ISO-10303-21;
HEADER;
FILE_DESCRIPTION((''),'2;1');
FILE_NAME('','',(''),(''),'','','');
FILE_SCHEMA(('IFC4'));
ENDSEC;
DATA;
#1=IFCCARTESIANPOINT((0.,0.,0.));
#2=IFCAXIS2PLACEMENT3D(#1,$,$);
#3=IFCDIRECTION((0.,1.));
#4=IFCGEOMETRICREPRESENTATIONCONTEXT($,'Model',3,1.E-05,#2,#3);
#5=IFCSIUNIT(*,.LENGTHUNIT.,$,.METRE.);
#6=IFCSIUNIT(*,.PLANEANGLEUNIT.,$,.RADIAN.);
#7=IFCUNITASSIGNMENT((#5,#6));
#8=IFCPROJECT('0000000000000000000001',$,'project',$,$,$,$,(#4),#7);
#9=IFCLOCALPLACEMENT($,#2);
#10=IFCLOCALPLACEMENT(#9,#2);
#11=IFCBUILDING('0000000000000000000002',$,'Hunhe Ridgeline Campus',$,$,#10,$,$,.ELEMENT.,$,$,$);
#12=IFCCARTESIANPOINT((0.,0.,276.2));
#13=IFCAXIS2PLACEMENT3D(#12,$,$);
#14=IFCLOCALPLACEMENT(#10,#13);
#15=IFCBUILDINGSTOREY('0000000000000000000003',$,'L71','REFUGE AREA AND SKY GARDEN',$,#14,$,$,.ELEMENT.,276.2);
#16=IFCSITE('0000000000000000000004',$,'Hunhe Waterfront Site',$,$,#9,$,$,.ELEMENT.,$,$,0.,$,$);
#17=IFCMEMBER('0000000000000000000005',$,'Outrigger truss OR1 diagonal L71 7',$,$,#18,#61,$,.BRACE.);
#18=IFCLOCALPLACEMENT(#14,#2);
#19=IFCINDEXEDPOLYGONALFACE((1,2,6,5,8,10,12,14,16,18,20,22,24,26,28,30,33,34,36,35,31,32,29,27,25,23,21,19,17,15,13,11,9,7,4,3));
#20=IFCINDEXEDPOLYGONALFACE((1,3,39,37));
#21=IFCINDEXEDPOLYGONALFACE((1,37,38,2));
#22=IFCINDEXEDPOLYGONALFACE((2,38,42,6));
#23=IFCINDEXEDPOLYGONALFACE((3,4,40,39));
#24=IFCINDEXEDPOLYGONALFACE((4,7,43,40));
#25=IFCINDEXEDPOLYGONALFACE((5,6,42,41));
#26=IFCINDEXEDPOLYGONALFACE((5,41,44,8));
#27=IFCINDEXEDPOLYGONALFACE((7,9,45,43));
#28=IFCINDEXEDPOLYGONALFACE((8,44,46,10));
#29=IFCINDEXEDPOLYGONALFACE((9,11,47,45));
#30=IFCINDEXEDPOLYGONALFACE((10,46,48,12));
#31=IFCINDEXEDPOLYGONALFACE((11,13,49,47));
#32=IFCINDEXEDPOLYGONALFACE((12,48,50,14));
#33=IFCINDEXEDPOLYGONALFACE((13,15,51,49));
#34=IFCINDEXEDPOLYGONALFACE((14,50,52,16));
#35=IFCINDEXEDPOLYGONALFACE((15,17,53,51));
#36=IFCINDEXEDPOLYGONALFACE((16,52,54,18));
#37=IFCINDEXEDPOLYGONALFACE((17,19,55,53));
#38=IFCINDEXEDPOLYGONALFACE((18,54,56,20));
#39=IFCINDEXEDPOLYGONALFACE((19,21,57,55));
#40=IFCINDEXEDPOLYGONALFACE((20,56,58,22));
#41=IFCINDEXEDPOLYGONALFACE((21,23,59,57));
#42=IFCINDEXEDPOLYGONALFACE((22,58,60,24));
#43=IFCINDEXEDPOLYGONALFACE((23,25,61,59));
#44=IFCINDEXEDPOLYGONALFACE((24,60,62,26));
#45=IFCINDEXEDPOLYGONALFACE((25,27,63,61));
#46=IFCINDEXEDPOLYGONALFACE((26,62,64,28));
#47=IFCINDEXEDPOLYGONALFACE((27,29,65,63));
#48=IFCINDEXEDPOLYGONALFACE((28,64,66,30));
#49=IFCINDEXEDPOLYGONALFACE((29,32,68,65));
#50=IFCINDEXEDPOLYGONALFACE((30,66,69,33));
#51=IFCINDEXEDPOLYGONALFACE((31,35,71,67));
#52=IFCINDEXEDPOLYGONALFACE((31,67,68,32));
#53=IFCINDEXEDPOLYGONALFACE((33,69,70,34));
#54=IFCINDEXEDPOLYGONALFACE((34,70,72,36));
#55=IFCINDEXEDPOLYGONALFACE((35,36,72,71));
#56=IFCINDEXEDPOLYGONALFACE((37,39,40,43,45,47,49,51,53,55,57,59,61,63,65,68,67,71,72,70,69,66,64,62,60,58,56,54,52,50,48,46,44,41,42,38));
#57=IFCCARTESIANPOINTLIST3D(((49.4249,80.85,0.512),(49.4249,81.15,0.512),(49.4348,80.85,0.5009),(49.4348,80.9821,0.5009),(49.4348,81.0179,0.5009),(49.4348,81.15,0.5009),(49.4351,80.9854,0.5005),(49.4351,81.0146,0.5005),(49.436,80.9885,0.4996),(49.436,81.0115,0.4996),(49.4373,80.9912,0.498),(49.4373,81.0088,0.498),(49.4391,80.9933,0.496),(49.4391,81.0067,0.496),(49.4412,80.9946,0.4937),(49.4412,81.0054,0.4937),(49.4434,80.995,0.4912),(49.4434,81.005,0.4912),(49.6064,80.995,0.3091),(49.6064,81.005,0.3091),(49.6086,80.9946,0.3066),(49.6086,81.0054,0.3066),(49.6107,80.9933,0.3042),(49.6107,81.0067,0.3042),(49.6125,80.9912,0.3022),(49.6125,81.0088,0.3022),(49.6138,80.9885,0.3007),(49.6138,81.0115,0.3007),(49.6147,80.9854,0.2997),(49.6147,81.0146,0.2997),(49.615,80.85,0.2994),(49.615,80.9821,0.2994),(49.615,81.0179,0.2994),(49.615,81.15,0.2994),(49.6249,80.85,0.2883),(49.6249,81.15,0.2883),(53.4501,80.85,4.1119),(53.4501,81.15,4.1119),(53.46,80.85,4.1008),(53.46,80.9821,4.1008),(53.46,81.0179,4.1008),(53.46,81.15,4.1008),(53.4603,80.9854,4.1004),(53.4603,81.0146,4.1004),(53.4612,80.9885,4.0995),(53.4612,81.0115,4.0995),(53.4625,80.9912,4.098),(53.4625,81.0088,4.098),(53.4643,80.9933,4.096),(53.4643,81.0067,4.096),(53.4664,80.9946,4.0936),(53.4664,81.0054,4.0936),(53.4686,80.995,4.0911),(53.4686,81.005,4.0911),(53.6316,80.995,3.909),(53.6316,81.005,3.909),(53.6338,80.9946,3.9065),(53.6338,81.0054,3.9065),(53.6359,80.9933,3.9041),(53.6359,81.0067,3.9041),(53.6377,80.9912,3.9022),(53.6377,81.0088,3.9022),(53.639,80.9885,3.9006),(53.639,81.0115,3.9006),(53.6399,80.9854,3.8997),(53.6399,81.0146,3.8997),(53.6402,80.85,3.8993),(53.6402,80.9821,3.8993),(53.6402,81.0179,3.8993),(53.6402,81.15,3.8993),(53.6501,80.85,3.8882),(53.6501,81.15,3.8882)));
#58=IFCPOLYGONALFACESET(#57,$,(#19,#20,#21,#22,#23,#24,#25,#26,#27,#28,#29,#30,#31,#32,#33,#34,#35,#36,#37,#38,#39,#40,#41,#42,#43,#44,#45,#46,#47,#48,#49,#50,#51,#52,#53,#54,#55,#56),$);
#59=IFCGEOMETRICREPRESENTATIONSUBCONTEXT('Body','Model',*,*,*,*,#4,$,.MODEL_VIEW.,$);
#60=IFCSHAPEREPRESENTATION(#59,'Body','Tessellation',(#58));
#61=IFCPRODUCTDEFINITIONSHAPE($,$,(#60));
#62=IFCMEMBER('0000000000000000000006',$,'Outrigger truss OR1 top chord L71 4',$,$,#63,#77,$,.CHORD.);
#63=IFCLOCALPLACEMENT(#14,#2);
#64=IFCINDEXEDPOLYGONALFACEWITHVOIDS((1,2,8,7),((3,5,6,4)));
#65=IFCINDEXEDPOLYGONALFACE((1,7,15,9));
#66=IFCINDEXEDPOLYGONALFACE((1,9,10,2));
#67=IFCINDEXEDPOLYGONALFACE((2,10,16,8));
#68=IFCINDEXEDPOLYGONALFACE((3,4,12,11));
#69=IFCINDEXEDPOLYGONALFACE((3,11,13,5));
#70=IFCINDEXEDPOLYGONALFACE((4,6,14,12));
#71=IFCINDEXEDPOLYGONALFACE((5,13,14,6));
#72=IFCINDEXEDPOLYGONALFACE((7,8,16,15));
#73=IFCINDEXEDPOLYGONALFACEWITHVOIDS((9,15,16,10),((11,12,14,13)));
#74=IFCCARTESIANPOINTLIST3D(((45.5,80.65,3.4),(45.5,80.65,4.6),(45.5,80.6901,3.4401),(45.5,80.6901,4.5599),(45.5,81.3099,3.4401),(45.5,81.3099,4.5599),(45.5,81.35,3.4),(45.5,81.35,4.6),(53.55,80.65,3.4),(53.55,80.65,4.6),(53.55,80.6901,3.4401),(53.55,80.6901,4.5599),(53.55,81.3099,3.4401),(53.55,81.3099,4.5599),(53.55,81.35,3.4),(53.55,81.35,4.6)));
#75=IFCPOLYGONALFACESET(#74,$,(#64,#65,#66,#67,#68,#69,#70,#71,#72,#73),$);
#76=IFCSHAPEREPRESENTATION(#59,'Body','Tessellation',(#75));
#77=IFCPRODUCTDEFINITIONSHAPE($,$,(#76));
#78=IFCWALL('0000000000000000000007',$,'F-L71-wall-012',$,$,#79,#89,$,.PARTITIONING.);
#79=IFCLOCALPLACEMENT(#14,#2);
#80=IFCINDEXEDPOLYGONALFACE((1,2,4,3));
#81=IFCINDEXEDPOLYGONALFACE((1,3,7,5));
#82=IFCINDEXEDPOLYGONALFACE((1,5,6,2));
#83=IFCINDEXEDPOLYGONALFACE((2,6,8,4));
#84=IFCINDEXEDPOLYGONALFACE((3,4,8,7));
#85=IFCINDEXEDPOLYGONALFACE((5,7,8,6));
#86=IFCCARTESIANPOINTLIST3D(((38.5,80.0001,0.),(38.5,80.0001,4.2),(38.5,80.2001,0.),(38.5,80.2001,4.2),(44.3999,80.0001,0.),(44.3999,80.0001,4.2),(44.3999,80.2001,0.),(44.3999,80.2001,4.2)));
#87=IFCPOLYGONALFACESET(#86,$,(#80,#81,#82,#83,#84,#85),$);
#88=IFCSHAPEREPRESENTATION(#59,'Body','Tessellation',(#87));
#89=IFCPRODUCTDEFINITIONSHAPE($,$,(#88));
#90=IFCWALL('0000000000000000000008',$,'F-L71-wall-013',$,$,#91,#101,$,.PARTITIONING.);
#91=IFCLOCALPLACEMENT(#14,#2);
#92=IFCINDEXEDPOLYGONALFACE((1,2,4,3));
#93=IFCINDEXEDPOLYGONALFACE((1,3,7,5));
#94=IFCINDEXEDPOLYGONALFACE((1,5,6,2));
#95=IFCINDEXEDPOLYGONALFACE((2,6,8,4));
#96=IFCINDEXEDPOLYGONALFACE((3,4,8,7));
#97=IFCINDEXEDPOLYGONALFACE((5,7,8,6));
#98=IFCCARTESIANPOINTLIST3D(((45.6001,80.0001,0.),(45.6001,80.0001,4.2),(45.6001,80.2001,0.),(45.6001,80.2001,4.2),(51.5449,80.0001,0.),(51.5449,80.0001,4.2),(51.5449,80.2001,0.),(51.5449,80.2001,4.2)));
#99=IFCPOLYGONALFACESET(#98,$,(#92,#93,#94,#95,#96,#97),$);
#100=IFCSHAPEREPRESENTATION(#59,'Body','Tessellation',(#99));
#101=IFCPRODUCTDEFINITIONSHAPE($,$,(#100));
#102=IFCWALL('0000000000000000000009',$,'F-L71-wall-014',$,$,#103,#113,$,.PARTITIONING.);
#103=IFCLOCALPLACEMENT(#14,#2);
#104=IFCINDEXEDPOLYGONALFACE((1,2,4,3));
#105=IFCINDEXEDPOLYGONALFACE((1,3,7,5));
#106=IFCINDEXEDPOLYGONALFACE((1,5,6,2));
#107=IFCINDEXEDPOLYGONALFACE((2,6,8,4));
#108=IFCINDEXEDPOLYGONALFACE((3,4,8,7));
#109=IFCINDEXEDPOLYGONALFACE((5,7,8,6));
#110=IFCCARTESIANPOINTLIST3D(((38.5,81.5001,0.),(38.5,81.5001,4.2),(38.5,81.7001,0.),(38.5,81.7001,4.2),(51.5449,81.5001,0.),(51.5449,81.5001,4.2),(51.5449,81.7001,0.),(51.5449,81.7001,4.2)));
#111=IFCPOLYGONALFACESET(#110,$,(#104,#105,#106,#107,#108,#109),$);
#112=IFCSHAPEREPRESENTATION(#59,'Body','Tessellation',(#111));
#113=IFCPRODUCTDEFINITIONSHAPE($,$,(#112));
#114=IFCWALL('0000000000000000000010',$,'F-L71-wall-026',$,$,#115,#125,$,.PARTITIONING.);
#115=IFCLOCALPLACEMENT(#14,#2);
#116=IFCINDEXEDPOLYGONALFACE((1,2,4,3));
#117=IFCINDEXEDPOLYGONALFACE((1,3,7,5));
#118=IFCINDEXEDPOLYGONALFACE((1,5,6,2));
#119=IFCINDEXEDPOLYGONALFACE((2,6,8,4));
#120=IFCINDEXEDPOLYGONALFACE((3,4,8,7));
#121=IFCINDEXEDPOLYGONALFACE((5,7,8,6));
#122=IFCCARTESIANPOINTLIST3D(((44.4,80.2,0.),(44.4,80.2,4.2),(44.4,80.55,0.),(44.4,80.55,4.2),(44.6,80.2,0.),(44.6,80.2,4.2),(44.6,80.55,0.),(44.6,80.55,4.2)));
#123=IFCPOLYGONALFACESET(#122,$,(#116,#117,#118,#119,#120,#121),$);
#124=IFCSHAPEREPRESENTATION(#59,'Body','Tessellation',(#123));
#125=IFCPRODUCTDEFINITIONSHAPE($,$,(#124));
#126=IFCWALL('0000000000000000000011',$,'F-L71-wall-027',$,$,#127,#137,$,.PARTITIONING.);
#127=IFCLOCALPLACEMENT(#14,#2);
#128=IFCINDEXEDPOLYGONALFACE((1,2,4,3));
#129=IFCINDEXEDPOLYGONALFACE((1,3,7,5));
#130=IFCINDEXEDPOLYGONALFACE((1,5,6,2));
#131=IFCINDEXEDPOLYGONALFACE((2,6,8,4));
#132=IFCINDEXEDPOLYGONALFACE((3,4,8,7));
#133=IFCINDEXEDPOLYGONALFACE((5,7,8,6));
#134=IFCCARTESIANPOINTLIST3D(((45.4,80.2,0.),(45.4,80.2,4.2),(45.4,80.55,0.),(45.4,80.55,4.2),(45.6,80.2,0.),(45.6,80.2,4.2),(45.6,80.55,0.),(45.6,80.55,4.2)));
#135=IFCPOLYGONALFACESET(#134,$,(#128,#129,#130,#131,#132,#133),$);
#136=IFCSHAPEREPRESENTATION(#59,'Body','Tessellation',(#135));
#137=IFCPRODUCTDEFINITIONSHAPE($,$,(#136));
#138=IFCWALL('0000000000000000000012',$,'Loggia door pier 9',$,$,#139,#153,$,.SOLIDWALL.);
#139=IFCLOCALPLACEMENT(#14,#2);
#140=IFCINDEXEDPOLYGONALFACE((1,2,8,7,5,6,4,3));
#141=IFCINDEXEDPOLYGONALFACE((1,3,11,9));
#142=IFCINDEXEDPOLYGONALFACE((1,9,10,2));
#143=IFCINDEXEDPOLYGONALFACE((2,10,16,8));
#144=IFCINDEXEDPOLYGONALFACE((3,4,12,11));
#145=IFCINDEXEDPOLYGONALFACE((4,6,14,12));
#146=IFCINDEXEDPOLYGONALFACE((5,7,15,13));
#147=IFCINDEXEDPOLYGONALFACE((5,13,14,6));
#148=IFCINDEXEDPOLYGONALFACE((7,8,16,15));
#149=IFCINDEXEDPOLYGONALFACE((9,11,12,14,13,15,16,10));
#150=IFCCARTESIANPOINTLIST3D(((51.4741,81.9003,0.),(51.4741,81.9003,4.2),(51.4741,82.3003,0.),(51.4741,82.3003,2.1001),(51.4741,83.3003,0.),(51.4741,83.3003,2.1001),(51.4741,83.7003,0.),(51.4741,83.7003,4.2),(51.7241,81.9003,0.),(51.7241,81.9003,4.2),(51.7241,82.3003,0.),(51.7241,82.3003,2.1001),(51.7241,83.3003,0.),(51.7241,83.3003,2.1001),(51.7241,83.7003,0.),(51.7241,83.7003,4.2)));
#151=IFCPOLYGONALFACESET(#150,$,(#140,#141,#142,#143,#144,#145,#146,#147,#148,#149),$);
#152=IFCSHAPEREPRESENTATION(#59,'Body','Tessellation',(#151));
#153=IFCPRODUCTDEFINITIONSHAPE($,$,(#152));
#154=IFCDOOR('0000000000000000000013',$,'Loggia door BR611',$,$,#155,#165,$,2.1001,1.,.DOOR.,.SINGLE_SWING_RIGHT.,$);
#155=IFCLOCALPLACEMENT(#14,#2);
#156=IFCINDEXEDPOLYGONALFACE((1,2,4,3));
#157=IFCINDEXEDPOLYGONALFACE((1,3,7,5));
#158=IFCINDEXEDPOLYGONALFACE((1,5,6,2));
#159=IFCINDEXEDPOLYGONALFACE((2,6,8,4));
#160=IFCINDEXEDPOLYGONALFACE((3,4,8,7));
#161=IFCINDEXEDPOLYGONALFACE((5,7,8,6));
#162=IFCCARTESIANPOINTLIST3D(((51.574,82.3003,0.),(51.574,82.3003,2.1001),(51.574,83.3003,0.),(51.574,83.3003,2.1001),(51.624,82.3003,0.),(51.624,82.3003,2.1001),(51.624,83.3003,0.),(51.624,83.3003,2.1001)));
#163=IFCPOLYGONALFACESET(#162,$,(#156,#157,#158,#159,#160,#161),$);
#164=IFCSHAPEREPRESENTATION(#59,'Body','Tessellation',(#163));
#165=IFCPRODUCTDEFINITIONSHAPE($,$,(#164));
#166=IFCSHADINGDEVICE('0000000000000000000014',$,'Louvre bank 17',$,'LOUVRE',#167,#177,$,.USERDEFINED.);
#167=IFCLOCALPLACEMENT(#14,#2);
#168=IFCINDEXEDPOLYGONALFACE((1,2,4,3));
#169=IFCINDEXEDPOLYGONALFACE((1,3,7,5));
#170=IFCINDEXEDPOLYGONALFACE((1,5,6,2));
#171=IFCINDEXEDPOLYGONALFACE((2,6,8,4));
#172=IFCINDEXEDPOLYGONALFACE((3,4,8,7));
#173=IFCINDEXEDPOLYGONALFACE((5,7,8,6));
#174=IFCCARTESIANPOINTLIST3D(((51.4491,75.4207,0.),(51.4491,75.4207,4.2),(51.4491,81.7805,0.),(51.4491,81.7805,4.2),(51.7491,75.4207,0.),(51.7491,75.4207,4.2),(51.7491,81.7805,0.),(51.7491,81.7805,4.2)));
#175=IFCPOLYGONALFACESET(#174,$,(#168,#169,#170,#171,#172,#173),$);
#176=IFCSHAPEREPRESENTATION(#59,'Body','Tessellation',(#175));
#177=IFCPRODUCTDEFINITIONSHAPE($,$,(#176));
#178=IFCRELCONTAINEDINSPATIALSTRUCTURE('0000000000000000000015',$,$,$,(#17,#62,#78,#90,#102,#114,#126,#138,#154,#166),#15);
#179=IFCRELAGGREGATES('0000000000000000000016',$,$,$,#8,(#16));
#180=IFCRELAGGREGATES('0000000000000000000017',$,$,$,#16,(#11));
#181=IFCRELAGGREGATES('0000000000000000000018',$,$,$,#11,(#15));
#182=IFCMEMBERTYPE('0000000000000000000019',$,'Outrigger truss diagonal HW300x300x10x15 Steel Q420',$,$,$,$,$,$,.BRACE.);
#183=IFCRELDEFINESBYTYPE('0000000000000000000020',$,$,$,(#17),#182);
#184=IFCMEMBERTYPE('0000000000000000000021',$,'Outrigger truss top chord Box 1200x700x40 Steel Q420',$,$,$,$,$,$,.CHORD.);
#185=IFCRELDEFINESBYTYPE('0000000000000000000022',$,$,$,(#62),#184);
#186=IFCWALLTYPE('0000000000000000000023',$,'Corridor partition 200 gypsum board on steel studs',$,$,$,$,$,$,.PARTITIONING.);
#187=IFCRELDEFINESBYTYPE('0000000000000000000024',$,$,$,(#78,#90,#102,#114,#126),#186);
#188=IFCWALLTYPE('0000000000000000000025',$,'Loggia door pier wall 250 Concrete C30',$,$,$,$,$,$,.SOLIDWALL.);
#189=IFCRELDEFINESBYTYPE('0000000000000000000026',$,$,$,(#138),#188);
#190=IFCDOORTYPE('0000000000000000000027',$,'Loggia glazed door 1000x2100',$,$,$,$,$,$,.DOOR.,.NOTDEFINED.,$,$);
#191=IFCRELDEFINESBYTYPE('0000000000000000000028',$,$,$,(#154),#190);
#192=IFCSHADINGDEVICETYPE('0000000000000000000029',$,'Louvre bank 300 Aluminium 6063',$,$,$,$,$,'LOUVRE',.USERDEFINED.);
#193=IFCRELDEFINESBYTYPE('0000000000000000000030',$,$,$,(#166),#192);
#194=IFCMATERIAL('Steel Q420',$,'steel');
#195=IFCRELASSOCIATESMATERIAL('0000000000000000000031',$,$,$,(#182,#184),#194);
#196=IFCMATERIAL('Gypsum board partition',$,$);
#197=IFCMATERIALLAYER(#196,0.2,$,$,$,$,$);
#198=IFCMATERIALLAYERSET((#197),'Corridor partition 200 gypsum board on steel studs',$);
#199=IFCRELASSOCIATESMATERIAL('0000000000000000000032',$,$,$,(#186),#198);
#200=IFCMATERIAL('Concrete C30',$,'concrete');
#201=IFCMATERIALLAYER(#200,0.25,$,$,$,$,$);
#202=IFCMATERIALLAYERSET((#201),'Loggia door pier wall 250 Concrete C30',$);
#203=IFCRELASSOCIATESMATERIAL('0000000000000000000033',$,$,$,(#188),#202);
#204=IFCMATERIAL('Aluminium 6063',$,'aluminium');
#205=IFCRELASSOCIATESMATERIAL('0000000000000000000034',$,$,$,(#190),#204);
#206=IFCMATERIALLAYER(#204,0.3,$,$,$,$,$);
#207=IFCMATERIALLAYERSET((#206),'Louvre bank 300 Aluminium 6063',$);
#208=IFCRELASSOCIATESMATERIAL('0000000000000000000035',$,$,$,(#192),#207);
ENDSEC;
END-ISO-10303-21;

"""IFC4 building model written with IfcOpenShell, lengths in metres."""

from ifc_helpers import new_model, si_unit, direction, frame, frame_2d, origin, origin_2d, place, context, subcontext, project, spatial, rectangle, hollow_rectangle, i_section, extrude, material, layer, layer_set, material_profile, profile_set, type_object, element, fill, save


model = new_model("IFC4")

# Units and contexts
model_context = context("Model", 3, precision=1e-05, world=origin(), true_north=direction((0.0, 1.0)))
body_context = subcontext(model_context, "Body", "Model", "MODEL_VIEW")
ifc_project = project(units=[si_unit("LENGTHUNIT", "METRE"), si_unit("PLANEANGLEUNIT", "RADIAN")], contexts=[model_context])

# Site, building, storey
site_placement = place(None, origin())
site = spatial("IfcSite", under=ifc_project, at=site_placement, Name="Hunhe Waterfront Site", CompositionType="ELEMENT", RefElevation=0.0)
building_placement = place(site_placement, origin())
building = spatial("IfcBuilding", under=site, at=building_placement, Name="Hunhe Ridgeline Campus", CompositionType="ELEMENT")
storey_placement = place(building_placement, frame((0.0, 0.0, 276.2)))
storey = spatial("IfcBuildingStorey", under=building, at=storey_placement, Name="L71", Description="REFUGE AREA AND SKY GARDEN", CompositionType="ELEMENT", Elevation=276.2)

# Members
ifc_material_1 = material(Name="Steel Q420", Category="steel")
ifc_material_2 = material(Name="Aluminium 6063", Category="aluminium")
ifc_material_profile_1 = material_profile(ifc_material_1, i_section(OverallWidth=0.3, OverallDepth=0.3, WebThickness=0.01, FlangeThickness=0.0149, FilletRadius=0.0129, at=origin_2d()))
ifc_profile_set_1 = profile_set([ifc_material_profile_1], Name="Steel Q420")
member_type_1 = type_object("IfcMemberType", Name="Outrigger truss diagonal HW300x300x10x15 Steel Q420", PredefinedType="BRACE", material=ifc_profile_set_1)
member_1_placement = place(storey_placement, frame((49.5249, 81.0, 0.4001), z_axis=(0.745388, 0.0, 0.666631), x_axis=(0.0, 1.0, 0.0)))
element("IfcMember", 1, at=member_1_placement, inside=storey, type_object=member_type_1, Name="Outrigger truss OR1 diagonal L71 7", PredefinedType="BRACE", context=body_context, shape_type="SweptSolid", body=[
    extrude(i_section(OverallWidth=0.3, OverallDepth=0.3, WebThickness=0.01, FlangeThickness=0.0149, FilletRadius=0.0129, at=origin_2d()), origin(), (0.0, 0.0, 1.0), 5.4001),
])
ifc_material_profile_2 = material_profile(ifc_material_1, hollow_rectangle(XDim=0.7, YDim=1.2, WallThickness=0.04, at=origin_2d()))
ifc_profile_set_2 = profile_set([ifc_material_profile_2], Name="Steel Q420")
member_type_2 = type_object("IfcMemberType", Name="Outrigger truss top chord Box 1200x700x40 Steel Q420", PredefinedType="CHORD", material=ifc_profile_set_2)
member_2_placement = place(storey_placement, frame((45.5, 81.0, 4.0), z_axis=(1.0, 0.0, 0.0), x_axis=(0.0, 1.0, 0.0)))
element("IfcMember", 2, at=member_2_placement, inside=storey, type_object=member_type_2, Name="Outrigger truss OR1 top chord L71 4", PredefinedType="CHORD", context=body_context, shape_type="SweptSolid", body=[
    extrude(hollow_rectangle(XDim=0.7, YDim=1.2, WallThickness=0.04, at=origin_2d()), origin(), (0.0, 0.0, 1.0), 8.05),
])

# Walls
ifc_material_3 = material(Name="Gypsum board partition")
ifc_layer_1 = layer(ifc_material_3, 0.2)
ifc_layer_set_1 = layer_set([ifc_layer_1], Name="Corridor partition 200 gypsum board on steel studs")
wall_type_1 = type_object("IfcWallType", Name="Corridor partition 200 gypsum board on steel studs", PredefinedType="PARTITIONING", material=ifc_layer_set_1)
wall_1_placement = place(storey_placement, frame((38.5, 80.1001, 0.0), z_axis=(0.0, 0.0, 1.0), x_axis=(1.0, 0.0, 0.0)))
element("IfcWall", 3, at=wall_1_placement, inside=storey, type_object=wall_type_1, Name="F-L71-wall-012", PredefinedType="PARTITIONING", context=body_context, shape_type="SweptSolid", body=[
    extrude(rectangle(XDim=5.8999, YDim=0.2, at=frame_2d((2.95, 0.0))), origin(), (0.0, 0.0, 1.0), 4.2),
])
wall_2_placement = place(storey_placement, frame((45.6001, 80.1001, 0.0), z_axis=(0.0, 0.0, 1.0), x_axis=(1.0, 0.0, 0.0)))
element("IfcWall", 4, at=wall_2_placement, inside=storey, type_object=wall_type_1, Name="F-L71-wall-013", PredefinedType="PARTITIONING", context=body_context, shape_type="SweptSolid", body=[
    extrude(rectangle(XDim=5.9448, YDim=0.2, at=frame_2d((2.9724, 0.0))), origin(), (0.0, 0.0, 1.0), 4.2),
])
wall_3_placement = place(storey_placement, frame((38.5, 81.6001, 0.0), z_axis=(0.0, 0.0, 1.0), x_axis=(1.0, 0.0, 0.0)))
element("IfcWall", 5, at=wall_3_placement, inside=storey, type_object=wall_type_1, Name="F-L71-wall-014", PredefinedType="PARTITIONING", context=body_context, shape_type="SweptSolid", body=[
    extrude(rectangle(XDim=13.0449, YDim=0.2, at=frame_2d((6.5225, 0.0))), origin(), (0.0, 0.0, 1.0), 4.2),
])
for number, where, z_axis, x_axis, name in (
    (6, (44.5, 80.55, 0.0), (0.0, 0.0, 1.0), (0.0, -1.0, 0.0), "F-L71-wall-026"),
    (7, (45.5, 80.55, 0.0), (0.0, 0.0, 1.0), (0.0, -1.0, 0.0), "F-L71-wall-027"),
):
    element("IfcWall", number, at=place(storey_placement, frame(where, z_axis=z_axis, x_axis=x_axis)), inside=storey, type_object=wall_type_1, Name=name, PredefinedType="PARTITIONING", context=body_context, shape_type="SweptSolid", body=[
        extrude(rectangle(XDim=0.3501, YDim=0.2, at=frame_2d((0.175, 0.0))), origin(), (0.0, 0.0, 1.0), 4.2),
    ])

# Wall, opening, door
ifc_material_4 = material(Name="Concrete C30", Category="concrete")
ifc_layer_2 = layer(ifc_material_4, 0.25)
ifc_layer_set_2 = layer_set([ifc_layer_2], Name="Loggia door pier wall 250 Concrete C30")
wall_type_2 = type_object("IfcWallType", Name="Loggia door pier wall 250 Concrete C30", PredefinedType="SOLIDWALL", material=ifc_layer_set_2)
wall_4_placement = place(storey_placement, frame((51.5991, 81.9004, 0.0), z_axis=(0.0, 0.0, 1.0), x_axis=(0.0, 1.0, 0.0)))
wall_4 = element("IfcWall", 8, at=wall_4_placement, inside=storey, type_object=wall_type_2, Name="Loggia door pier 9", PredefinedType="SOLIDWALL", context=body_context, shape_type="SweptSolid", body=[
    extrude(rectangle(XDim=1.8, YDim=0.25, at=frame_2d((0.8999, 0.0))), origin(), (0.0, 0.0, 1.0), 4.2),
])
opening_placement = place(wall_4_placement, frame((0.3999, 0.0, 0.0)))
opening = element("IfcOpeningElement", 9, at=opening_placement, cuts=wall_4, PredefinedType="OPENING", context=body_context, shape_type="SweptSolid", body=[
    extrude(rectangle(XDim=1.0, YDim=2.1001, at=frame_2d((0.5, 1.05))), frame((0.0, 0.125, 0.0), z_axis=(0.0, -1.0, 0.0), x_axis=(1.0, 0.0, 0.0)), (0.0, 0.0, 1.0), 0.25),
])
door_type = type_object("IfcDoorType", Name="Loggia glazed door 1000x2100", OperationType="NOTDEFINED", PredefinedType="DOOR", material=ifc_material_2)
door_placement = place(opening_placement, frame((1.0, 0.0, 0.0), z_axis=(0.0, 0.0, 1.0), x_axis=(-1.0, 0.0, 0.0)))
door = element("IfcDoor", 10, at=door_placement, inside=storey, type_object=door_type, Name="Loggia door BR611", OperationType="SINGLE_SWING_RIGHT", OverallHeight=2.1001, OverallWidth=1.0, PredefinedType="DOOR", context=body_context, shape_type="SweptSolid", body=[
    extrude(rectangle(XDim=1.0, YDim=2.1001, at=frame_2d((0.5, 1.05))), frame((0.0, 0.0249, 0.0), z_axis=(0.0, -1.0, 0.0), x_axis=(1.0, 0.0, 0.0)), (0.0, 0.0, 1.0), 0.05),
])
fill(opening, door)

# Shading device
ifc_layer_3 = layer(ifc_material_2, 0.3)
ifc_layer_set_3 = layer_set([ifc_layer_3], Name="Louvre bank 300 Aluminium 6063")
shading_device_type = type_object("IfcShadingDeviceType", Name="Louvre bank 300 Aluminium 6063", ElementType="LOUVRE", PredefinedType="USERDEFINED", material=ifc_layer_set_3)
shading_device_placement = place(storey_placement, frame((51.5991, 78.6006, 0.0), z_axis=(0.0, 0.0, 1.0), x_axis=(0.0, 1.0, 0.0)))
element("IfcShadingDevice", 11, at=shading_device_placement, inside=storey, type_object=shading_device_type, Name="Louvre bank 17", ObjectType="LOUVRE", PredefinedType="USERDEFINED", context=body_context, shape_type="SweptSolid", body=[
    extrude(rectangle(XDim=6.3599, YDim=0.3, at=origin_2d()), origin(), (0.0, 0.0, 1.0), 4.2),
])

save(model, "model.ifc")
